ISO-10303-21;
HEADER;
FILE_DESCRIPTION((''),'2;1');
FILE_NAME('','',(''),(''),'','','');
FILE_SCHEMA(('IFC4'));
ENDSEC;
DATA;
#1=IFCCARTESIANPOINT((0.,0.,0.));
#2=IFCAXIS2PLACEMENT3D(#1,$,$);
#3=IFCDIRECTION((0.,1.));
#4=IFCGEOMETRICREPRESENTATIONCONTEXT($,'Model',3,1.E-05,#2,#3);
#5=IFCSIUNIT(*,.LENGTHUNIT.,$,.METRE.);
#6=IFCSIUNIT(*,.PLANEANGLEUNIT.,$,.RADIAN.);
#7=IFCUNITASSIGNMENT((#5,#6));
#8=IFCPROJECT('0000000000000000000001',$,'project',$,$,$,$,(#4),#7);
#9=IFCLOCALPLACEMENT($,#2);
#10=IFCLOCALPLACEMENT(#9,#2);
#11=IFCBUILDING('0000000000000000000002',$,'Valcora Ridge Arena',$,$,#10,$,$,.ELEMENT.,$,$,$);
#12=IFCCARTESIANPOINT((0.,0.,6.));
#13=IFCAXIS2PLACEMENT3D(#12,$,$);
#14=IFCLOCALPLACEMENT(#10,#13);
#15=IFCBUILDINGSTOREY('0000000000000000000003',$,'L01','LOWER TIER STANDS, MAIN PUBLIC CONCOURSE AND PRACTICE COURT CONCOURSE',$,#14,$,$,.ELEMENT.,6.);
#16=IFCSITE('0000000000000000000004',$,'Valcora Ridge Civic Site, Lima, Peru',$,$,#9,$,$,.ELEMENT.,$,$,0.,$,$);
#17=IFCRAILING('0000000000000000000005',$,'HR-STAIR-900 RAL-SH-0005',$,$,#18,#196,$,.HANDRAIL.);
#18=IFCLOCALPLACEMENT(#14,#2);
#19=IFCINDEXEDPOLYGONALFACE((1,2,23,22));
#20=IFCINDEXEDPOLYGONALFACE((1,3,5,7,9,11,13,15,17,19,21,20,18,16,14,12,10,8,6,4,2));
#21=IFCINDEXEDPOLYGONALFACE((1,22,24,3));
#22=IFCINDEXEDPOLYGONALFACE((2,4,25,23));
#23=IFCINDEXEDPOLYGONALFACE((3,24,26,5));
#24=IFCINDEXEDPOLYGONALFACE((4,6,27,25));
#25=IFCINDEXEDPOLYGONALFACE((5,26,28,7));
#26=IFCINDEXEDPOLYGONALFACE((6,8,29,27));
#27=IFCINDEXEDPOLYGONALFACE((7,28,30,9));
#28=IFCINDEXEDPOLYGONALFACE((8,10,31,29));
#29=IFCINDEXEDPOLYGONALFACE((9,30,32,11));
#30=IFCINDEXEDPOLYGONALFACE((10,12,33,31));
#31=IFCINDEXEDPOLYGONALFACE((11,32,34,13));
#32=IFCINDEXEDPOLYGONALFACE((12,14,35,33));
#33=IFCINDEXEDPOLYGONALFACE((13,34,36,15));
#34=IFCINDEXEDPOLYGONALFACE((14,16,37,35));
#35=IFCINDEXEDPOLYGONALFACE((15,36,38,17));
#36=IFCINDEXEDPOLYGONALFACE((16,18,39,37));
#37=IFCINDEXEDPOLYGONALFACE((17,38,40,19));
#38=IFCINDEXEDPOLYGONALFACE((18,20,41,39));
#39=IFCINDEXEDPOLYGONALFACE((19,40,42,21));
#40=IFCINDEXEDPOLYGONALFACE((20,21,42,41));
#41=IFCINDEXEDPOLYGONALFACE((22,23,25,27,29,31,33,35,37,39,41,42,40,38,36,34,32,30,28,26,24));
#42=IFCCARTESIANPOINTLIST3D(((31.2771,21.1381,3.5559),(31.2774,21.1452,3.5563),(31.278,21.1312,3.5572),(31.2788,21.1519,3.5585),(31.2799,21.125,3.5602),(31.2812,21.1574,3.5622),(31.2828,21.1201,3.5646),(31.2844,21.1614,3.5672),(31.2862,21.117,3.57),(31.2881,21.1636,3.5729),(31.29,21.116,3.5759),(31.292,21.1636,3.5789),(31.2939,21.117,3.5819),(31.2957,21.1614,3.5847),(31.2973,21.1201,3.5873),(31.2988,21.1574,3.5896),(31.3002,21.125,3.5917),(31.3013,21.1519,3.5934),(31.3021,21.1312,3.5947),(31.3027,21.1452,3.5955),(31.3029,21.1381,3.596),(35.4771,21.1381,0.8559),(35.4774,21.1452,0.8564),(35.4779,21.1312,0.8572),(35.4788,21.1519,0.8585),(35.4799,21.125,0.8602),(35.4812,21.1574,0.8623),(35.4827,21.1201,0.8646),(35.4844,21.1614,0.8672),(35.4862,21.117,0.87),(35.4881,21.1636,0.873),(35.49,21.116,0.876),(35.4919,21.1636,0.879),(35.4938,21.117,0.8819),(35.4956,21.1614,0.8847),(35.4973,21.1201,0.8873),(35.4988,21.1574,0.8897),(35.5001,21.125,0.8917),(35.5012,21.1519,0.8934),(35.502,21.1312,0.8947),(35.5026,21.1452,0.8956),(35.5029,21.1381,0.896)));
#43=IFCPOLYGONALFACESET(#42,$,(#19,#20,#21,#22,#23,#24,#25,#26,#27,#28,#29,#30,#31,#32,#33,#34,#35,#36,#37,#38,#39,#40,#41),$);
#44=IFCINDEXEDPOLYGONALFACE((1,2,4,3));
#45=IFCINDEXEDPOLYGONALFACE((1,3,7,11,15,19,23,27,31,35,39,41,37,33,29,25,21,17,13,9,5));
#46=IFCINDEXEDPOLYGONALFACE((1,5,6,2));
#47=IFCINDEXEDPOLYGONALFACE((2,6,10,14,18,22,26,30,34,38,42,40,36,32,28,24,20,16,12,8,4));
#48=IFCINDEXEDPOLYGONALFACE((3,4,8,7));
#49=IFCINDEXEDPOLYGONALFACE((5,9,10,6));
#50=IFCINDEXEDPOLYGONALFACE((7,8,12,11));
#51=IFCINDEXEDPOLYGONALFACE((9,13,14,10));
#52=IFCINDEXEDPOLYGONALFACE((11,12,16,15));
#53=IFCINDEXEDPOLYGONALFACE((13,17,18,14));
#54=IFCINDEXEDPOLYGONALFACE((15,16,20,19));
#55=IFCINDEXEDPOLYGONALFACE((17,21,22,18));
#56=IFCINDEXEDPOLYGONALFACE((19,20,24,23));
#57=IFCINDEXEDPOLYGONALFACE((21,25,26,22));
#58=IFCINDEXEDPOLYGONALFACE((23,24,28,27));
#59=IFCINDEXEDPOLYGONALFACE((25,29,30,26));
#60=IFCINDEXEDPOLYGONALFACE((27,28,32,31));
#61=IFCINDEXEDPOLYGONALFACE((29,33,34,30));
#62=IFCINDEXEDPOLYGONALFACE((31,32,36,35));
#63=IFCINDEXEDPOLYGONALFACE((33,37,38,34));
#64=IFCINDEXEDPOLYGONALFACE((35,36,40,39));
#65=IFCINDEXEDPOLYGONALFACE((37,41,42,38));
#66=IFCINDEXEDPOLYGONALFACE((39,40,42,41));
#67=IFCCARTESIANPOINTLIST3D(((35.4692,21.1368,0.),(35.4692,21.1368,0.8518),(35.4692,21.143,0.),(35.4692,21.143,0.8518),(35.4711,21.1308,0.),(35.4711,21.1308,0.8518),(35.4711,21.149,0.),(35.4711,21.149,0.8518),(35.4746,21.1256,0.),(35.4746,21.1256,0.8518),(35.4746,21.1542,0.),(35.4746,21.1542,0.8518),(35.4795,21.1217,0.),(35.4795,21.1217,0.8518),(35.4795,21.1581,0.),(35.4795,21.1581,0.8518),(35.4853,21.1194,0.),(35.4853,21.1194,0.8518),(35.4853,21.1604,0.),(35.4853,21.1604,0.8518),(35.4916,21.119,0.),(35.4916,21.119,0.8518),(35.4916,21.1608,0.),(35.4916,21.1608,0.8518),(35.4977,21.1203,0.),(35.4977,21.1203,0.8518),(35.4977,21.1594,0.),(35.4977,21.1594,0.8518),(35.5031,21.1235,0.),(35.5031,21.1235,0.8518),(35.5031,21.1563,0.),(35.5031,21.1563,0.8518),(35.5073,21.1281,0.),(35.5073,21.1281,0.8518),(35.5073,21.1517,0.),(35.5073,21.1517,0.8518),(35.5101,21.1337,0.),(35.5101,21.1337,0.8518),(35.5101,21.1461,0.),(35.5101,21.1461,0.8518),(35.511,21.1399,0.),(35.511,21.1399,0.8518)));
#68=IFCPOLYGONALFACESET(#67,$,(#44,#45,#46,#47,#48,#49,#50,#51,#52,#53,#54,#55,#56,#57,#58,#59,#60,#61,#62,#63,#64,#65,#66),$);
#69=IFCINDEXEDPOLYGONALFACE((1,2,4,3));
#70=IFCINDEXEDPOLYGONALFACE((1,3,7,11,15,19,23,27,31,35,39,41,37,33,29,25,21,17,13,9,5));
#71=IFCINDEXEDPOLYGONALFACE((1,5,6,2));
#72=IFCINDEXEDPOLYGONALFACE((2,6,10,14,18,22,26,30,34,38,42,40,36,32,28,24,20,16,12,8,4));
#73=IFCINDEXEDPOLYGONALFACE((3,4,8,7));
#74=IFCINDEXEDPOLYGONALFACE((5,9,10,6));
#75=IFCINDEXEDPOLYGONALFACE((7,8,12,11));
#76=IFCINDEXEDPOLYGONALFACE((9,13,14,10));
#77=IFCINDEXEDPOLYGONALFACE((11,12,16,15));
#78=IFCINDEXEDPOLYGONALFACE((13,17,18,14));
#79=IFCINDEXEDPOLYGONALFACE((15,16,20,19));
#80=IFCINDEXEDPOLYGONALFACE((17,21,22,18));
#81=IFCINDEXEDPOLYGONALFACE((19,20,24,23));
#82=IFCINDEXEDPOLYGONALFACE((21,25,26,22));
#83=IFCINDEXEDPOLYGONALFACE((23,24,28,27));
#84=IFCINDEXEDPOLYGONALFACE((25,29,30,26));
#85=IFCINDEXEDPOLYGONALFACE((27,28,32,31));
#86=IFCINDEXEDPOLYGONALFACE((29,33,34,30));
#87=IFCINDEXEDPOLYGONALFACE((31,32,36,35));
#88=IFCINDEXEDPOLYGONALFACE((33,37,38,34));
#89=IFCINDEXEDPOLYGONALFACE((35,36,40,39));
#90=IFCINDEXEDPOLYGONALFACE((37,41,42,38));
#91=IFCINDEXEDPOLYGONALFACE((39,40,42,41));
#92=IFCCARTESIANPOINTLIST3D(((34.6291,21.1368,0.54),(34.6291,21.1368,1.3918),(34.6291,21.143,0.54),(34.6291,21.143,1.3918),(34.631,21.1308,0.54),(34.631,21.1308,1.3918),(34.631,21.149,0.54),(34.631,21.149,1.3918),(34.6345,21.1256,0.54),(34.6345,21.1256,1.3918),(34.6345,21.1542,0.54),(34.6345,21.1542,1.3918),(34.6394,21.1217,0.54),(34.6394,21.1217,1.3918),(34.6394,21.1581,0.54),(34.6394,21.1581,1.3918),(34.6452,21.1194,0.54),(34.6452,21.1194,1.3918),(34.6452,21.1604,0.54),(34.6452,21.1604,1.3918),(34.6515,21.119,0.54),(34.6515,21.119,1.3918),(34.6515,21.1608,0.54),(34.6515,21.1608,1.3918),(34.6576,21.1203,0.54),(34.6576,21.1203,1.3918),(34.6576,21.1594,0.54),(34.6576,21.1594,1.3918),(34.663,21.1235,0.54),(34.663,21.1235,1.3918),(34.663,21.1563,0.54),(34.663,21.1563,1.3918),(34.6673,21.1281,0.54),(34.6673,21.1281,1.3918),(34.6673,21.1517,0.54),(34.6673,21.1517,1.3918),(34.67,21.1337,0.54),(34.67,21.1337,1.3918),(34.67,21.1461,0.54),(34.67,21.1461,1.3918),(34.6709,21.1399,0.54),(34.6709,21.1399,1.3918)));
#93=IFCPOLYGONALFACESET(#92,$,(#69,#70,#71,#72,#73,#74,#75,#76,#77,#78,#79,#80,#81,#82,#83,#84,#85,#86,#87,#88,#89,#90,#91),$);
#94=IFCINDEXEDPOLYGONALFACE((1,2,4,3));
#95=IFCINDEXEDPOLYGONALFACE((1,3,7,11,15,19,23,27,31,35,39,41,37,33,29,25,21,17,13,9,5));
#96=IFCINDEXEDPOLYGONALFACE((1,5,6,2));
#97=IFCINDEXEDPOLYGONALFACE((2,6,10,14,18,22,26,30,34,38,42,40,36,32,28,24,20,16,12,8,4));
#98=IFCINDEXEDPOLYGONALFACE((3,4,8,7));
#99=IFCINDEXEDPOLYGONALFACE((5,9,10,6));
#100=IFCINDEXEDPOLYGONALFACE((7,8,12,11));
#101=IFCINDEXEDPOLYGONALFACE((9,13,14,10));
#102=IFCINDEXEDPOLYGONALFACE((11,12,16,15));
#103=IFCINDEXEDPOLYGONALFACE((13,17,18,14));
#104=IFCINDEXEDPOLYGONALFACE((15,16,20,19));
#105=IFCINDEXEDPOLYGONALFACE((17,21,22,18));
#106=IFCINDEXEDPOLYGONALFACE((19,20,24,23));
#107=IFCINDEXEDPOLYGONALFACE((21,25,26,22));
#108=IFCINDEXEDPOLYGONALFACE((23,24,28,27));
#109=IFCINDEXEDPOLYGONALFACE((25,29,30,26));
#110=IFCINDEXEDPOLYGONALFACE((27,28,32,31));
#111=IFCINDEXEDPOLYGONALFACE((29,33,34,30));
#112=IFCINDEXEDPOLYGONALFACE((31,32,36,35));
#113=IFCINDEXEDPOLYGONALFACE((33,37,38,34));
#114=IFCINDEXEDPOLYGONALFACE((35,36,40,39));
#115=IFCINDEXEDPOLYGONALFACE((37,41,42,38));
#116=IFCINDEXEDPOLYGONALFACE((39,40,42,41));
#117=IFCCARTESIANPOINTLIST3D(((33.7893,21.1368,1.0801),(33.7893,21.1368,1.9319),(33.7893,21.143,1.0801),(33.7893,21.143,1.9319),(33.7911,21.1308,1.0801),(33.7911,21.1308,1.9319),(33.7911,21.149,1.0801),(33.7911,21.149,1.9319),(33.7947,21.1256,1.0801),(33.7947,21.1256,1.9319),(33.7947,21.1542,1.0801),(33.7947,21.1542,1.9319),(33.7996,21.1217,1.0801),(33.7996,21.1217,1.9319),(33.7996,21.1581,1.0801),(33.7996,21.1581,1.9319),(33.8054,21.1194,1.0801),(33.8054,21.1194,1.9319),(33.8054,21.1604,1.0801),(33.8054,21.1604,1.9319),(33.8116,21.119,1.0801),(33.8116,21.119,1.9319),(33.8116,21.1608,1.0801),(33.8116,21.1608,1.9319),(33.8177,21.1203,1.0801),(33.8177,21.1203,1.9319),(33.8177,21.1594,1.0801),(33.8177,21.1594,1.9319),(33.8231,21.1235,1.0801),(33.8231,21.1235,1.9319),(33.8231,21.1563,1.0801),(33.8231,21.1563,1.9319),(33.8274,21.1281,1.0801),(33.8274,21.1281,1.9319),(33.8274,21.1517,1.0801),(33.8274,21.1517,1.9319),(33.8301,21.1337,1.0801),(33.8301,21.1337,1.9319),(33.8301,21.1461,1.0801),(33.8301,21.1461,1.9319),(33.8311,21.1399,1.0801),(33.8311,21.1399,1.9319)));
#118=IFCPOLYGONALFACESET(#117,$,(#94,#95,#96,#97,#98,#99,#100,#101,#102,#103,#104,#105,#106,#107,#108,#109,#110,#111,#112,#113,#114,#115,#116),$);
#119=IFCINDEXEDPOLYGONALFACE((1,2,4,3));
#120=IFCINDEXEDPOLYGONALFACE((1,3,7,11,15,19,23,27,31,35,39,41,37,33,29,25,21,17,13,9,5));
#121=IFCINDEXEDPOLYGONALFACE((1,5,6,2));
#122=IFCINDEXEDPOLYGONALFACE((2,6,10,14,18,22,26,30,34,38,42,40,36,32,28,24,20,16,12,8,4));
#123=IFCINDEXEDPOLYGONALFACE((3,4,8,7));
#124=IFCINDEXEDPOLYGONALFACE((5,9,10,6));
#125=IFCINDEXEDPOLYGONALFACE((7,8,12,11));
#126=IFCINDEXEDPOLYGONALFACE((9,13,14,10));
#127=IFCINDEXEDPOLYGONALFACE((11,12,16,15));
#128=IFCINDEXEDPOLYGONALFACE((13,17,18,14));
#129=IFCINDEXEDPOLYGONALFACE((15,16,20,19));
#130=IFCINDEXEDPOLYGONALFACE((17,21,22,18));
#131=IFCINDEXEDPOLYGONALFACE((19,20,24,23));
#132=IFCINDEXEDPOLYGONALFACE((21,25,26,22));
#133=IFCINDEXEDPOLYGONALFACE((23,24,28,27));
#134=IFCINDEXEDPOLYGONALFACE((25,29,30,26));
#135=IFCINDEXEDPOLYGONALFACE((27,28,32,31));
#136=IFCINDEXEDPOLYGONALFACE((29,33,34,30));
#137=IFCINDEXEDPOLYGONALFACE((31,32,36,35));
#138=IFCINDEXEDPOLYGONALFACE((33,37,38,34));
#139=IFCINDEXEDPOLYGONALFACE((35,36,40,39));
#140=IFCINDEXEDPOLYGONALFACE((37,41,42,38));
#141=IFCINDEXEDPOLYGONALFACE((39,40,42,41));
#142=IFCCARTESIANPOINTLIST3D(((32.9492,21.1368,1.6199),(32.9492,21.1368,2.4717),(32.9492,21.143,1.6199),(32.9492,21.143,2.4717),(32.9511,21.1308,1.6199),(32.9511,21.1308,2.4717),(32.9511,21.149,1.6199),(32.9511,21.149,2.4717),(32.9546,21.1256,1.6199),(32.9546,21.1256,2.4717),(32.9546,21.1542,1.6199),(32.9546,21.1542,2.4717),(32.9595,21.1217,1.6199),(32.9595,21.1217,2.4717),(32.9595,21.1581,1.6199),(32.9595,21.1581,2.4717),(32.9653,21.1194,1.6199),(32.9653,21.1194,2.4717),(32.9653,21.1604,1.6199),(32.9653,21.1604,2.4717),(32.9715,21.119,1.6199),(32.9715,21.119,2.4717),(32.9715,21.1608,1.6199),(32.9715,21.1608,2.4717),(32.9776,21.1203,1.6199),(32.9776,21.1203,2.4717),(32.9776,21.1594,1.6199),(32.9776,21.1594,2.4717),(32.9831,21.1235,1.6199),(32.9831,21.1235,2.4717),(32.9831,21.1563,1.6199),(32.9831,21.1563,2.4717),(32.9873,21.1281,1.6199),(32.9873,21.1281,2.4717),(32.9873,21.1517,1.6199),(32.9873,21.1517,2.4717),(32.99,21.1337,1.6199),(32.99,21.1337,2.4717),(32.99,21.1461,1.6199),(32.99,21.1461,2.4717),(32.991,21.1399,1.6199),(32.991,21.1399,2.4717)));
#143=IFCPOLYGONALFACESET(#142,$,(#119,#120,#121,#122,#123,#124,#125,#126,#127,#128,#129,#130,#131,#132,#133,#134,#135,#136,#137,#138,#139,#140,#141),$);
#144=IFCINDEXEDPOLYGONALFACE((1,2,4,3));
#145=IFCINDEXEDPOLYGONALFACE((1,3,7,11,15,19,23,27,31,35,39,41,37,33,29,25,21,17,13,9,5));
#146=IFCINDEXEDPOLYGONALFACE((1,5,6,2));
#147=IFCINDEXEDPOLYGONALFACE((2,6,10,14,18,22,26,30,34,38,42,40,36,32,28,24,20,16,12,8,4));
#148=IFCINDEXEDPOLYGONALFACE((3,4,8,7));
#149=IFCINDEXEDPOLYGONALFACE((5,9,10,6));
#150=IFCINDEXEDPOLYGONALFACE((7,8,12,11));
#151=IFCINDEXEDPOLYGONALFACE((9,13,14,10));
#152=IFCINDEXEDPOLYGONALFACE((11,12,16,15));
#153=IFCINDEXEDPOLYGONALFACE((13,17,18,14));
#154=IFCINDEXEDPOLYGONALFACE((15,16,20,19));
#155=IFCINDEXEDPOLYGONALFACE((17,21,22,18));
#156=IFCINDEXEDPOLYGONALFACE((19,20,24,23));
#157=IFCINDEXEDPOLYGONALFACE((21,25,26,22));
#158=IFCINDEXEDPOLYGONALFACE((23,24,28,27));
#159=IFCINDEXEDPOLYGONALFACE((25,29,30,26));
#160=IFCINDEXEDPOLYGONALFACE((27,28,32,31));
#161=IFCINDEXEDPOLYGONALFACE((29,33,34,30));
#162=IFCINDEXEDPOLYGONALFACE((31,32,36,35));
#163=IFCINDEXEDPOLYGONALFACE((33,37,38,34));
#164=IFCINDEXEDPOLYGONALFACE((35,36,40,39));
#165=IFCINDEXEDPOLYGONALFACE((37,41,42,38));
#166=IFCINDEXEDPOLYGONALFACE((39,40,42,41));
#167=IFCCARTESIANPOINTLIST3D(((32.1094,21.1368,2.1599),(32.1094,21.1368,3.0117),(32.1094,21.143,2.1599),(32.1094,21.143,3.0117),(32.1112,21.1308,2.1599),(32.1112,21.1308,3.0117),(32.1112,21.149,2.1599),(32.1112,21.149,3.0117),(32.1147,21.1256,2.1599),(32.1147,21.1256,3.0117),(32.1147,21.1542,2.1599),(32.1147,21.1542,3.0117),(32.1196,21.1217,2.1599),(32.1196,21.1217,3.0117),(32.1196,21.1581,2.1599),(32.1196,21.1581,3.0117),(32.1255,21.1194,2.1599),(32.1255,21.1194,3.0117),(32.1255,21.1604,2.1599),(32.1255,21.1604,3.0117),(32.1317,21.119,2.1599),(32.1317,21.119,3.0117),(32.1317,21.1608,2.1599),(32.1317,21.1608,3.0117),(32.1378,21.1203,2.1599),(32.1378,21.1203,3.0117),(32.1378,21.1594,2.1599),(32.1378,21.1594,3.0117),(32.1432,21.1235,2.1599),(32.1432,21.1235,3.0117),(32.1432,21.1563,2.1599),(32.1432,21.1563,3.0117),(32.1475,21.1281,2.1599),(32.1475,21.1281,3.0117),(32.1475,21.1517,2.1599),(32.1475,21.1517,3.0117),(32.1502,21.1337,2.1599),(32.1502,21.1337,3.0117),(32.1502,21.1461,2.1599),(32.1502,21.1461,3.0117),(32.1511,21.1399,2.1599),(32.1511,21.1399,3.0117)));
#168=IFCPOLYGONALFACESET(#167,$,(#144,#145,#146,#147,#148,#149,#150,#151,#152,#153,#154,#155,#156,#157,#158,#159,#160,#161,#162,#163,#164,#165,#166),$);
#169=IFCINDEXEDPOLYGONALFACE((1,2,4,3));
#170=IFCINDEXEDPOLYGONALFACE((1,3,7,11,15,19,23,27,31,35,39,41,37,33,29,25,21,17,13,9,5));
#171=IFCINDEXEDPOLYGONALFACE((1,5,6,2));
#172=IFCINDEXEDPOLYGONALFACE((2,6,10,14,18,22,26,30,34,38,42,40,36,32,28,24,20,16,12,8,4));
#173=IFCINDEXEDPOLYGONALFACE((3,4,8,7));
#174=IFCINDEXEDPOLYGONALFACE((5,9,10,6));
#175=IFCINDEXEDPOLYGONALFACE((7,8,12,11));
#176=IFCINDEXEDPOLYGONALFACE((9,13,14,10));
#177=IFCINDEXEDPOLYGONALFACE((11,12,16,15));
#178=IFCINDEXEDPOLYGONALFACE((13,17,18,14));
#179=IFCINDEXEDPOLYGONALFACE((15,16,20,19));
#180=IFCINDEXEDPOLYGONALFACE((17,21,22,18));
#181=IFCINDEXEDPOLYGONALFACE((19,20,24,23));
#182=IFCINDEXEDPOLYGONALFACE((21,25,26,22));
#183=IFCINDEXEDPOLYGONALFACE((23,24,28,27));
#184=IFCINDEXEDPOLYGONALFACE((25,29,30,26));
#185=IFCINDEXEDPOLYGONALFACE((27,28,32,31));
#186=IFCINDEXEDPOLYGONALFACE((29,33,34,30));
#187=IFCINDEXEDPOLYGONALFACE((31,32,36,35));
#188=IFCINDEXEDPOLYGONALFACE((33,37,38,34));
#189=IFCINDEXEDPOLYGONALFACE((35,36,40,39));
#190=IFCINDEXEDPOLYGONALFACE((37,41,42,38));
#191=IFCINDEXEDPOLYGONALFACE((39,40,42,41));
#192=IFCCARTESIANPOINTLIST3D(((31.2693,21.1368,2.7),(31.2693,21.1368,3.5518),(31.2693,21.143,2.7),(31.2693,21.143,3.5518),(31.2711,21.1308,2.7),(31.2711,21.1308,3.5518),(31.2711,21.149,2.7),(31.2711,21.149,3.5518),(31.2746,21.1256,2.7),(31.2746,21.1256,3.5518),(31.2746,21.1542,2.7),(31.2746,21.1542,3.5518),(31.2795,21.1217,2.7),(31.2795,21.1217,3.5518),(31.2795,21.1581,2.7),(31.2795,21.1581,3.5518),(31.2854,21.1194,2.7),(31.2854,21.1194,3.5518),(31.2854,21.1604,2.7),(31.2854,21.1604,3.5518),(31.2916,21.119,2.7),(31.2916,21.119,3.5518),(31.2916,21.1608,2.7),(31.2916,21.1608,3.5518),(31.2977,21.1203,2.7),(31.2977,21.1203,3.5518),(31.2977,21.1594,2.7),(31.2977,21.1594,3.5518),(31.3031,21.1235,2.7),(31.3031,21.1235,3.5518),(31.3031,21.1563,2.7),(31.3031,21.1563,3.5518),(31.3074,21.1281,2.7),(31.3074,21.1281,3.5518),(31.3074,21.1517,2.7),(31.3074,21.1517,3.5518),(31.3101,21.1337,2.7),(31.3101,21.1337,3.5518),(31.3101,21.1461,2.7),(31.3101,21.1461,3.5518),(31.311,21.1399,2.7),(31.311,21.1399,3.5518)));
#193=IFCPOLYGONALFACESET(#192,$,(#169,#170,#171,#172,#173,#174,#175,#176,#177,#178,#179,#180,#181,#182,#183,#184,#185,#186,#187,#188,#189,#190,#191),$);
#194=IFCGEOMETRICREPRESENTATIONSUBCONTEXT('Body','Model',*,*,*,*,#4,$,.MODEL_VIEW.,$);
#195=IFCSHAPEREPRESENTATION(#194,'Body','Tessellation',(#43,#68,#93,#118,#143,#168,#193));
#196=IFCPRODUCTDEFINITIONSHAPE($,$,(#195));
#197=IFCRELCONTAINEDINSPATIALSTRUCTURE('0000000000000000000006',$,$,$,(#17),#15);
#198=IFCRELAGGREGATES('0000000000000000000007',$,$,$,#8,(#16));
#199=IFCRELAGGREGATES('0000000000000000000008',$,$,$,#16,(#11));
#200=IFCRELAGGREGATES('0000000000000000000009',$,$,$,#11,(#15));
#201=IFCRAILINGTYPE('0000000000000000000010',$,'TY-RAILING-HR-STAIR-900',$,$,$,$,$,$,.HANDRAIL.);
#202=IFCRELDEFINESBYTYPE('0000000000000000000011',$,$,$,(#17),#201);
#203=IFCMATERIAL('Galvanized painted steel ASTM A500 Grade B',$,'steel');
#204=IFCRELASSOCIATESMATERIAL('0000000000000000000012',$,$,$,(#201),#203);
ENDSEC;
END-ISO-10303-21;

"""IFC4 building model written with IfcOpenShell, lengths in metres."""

from ifc_helpers import new_model, si_unit, direction, frame, origin, origin_2d, place, context, subcontext, project, spatial, circle, extrude, material, type_object, element, save


model = new_model("IFC4")

# Units and contexts
model_context = context("Model", 3, precision=1e-05, world=origin(), true_north=direction((0.0, 1.0)))
body_context = subcontext(model_context, "Body", "Model", "MODEL_VIEW")
ifc_project = project(units=[si_unit("LENGTHUNIT", "METRE"), si_unit("PLANEANGLEUNIT", "RADIAN")], contexts=[model_context])

# Site, building, storey
site_placement = place(None, origin())
site = spatial("IfcSite", under=ifc_project, at=site_placement, Name="Valcora Ridge Civic Site, Lima, Peru", CompositionType="ELEMENT", RefElevation=0.0)
building_placement = place(site_placement, origin())
building = spatial("IfcBuilding", under=site, at=building_placement, Name="Valcora Ridge Arena", CompositionType="ELEMENT")
storey_placement = place(building_placement, frame((0.0, 0.0, 6.0)))
storey = spatial("IfcBuildingStorey", under=building, at=storey_placement, Name="L01", Description="LOWER TIER STANDS, MAIN PUBLIC CONCOURSE AND PRACTICE COURT CONCOURSE", CompositionType="ELEMENT", Elevation=6.0)

# Railing
ifc_material_1 = material(Name="Galvanized painted steel ASTM A500 Grade B", Category="steel")
railing_type_1 = type_object("IfcRailingType", Name="TY-RAILING-HR-STAIR-900", PredefinedType="HANDRAIL", material=ifc_material_1)
railing_1_placement = place(storey_placement, frame((35.49, 21.1399, 0.0)))
element("IfcRailing", 1, at=railing_1_placement, inside=storey, type_object=railing_type_1, Name="HR-STAIR-900 RAL-SH-0005", PredefinedType="HANDRAIL", context=body_context, shape_type="SweptSolid", body=[
    extrude(circle(Radius=0.0239, at=origin_2d()), frame((0.0, 0.0, 0.876), z_axis=(-0.84118, 0.0, 0.540755), x_axis=(0.0, -1.0, 0.0)), (0.0, 0.0, 1.0), 4.9929),
    extrude(circle(Radius=0.021, at=origin_2d()), origin(), (0.0, 0.0, 1.0), 0.8518),
    extrude(circle(Radius=0.021, at=origin_2d()), frame((-0.8401, 0.0, 0.54)), (0.0, 0.0, 1.0), 0.8518),
    extrude(circle(Radius=0.021, at=origin_2d()), frame((-1.6799, 0.0, 1.0801)), (0.0, 0.0, 1.0), 0.8518),
    extrude(circle(Radius=0.021, at=origin_2d()), frame((-2.52, 0.0, 1.6199)), (0.0, 0.0, 1.0), 0.8518),
    extrude(circle(Radius=0.021, at=origin_2d()), frame((-3.3599, 0.0, 2.1599)), (0.0, 0.0, 1.0), 0.8518),
    extrude(circle(Radius=0.021, at=origin_2d()), frame((-4.2, 0.0, 2.7)), (0.0, 0.0, 1.0), 0.8518),
])

save(model, "model.ifc")
